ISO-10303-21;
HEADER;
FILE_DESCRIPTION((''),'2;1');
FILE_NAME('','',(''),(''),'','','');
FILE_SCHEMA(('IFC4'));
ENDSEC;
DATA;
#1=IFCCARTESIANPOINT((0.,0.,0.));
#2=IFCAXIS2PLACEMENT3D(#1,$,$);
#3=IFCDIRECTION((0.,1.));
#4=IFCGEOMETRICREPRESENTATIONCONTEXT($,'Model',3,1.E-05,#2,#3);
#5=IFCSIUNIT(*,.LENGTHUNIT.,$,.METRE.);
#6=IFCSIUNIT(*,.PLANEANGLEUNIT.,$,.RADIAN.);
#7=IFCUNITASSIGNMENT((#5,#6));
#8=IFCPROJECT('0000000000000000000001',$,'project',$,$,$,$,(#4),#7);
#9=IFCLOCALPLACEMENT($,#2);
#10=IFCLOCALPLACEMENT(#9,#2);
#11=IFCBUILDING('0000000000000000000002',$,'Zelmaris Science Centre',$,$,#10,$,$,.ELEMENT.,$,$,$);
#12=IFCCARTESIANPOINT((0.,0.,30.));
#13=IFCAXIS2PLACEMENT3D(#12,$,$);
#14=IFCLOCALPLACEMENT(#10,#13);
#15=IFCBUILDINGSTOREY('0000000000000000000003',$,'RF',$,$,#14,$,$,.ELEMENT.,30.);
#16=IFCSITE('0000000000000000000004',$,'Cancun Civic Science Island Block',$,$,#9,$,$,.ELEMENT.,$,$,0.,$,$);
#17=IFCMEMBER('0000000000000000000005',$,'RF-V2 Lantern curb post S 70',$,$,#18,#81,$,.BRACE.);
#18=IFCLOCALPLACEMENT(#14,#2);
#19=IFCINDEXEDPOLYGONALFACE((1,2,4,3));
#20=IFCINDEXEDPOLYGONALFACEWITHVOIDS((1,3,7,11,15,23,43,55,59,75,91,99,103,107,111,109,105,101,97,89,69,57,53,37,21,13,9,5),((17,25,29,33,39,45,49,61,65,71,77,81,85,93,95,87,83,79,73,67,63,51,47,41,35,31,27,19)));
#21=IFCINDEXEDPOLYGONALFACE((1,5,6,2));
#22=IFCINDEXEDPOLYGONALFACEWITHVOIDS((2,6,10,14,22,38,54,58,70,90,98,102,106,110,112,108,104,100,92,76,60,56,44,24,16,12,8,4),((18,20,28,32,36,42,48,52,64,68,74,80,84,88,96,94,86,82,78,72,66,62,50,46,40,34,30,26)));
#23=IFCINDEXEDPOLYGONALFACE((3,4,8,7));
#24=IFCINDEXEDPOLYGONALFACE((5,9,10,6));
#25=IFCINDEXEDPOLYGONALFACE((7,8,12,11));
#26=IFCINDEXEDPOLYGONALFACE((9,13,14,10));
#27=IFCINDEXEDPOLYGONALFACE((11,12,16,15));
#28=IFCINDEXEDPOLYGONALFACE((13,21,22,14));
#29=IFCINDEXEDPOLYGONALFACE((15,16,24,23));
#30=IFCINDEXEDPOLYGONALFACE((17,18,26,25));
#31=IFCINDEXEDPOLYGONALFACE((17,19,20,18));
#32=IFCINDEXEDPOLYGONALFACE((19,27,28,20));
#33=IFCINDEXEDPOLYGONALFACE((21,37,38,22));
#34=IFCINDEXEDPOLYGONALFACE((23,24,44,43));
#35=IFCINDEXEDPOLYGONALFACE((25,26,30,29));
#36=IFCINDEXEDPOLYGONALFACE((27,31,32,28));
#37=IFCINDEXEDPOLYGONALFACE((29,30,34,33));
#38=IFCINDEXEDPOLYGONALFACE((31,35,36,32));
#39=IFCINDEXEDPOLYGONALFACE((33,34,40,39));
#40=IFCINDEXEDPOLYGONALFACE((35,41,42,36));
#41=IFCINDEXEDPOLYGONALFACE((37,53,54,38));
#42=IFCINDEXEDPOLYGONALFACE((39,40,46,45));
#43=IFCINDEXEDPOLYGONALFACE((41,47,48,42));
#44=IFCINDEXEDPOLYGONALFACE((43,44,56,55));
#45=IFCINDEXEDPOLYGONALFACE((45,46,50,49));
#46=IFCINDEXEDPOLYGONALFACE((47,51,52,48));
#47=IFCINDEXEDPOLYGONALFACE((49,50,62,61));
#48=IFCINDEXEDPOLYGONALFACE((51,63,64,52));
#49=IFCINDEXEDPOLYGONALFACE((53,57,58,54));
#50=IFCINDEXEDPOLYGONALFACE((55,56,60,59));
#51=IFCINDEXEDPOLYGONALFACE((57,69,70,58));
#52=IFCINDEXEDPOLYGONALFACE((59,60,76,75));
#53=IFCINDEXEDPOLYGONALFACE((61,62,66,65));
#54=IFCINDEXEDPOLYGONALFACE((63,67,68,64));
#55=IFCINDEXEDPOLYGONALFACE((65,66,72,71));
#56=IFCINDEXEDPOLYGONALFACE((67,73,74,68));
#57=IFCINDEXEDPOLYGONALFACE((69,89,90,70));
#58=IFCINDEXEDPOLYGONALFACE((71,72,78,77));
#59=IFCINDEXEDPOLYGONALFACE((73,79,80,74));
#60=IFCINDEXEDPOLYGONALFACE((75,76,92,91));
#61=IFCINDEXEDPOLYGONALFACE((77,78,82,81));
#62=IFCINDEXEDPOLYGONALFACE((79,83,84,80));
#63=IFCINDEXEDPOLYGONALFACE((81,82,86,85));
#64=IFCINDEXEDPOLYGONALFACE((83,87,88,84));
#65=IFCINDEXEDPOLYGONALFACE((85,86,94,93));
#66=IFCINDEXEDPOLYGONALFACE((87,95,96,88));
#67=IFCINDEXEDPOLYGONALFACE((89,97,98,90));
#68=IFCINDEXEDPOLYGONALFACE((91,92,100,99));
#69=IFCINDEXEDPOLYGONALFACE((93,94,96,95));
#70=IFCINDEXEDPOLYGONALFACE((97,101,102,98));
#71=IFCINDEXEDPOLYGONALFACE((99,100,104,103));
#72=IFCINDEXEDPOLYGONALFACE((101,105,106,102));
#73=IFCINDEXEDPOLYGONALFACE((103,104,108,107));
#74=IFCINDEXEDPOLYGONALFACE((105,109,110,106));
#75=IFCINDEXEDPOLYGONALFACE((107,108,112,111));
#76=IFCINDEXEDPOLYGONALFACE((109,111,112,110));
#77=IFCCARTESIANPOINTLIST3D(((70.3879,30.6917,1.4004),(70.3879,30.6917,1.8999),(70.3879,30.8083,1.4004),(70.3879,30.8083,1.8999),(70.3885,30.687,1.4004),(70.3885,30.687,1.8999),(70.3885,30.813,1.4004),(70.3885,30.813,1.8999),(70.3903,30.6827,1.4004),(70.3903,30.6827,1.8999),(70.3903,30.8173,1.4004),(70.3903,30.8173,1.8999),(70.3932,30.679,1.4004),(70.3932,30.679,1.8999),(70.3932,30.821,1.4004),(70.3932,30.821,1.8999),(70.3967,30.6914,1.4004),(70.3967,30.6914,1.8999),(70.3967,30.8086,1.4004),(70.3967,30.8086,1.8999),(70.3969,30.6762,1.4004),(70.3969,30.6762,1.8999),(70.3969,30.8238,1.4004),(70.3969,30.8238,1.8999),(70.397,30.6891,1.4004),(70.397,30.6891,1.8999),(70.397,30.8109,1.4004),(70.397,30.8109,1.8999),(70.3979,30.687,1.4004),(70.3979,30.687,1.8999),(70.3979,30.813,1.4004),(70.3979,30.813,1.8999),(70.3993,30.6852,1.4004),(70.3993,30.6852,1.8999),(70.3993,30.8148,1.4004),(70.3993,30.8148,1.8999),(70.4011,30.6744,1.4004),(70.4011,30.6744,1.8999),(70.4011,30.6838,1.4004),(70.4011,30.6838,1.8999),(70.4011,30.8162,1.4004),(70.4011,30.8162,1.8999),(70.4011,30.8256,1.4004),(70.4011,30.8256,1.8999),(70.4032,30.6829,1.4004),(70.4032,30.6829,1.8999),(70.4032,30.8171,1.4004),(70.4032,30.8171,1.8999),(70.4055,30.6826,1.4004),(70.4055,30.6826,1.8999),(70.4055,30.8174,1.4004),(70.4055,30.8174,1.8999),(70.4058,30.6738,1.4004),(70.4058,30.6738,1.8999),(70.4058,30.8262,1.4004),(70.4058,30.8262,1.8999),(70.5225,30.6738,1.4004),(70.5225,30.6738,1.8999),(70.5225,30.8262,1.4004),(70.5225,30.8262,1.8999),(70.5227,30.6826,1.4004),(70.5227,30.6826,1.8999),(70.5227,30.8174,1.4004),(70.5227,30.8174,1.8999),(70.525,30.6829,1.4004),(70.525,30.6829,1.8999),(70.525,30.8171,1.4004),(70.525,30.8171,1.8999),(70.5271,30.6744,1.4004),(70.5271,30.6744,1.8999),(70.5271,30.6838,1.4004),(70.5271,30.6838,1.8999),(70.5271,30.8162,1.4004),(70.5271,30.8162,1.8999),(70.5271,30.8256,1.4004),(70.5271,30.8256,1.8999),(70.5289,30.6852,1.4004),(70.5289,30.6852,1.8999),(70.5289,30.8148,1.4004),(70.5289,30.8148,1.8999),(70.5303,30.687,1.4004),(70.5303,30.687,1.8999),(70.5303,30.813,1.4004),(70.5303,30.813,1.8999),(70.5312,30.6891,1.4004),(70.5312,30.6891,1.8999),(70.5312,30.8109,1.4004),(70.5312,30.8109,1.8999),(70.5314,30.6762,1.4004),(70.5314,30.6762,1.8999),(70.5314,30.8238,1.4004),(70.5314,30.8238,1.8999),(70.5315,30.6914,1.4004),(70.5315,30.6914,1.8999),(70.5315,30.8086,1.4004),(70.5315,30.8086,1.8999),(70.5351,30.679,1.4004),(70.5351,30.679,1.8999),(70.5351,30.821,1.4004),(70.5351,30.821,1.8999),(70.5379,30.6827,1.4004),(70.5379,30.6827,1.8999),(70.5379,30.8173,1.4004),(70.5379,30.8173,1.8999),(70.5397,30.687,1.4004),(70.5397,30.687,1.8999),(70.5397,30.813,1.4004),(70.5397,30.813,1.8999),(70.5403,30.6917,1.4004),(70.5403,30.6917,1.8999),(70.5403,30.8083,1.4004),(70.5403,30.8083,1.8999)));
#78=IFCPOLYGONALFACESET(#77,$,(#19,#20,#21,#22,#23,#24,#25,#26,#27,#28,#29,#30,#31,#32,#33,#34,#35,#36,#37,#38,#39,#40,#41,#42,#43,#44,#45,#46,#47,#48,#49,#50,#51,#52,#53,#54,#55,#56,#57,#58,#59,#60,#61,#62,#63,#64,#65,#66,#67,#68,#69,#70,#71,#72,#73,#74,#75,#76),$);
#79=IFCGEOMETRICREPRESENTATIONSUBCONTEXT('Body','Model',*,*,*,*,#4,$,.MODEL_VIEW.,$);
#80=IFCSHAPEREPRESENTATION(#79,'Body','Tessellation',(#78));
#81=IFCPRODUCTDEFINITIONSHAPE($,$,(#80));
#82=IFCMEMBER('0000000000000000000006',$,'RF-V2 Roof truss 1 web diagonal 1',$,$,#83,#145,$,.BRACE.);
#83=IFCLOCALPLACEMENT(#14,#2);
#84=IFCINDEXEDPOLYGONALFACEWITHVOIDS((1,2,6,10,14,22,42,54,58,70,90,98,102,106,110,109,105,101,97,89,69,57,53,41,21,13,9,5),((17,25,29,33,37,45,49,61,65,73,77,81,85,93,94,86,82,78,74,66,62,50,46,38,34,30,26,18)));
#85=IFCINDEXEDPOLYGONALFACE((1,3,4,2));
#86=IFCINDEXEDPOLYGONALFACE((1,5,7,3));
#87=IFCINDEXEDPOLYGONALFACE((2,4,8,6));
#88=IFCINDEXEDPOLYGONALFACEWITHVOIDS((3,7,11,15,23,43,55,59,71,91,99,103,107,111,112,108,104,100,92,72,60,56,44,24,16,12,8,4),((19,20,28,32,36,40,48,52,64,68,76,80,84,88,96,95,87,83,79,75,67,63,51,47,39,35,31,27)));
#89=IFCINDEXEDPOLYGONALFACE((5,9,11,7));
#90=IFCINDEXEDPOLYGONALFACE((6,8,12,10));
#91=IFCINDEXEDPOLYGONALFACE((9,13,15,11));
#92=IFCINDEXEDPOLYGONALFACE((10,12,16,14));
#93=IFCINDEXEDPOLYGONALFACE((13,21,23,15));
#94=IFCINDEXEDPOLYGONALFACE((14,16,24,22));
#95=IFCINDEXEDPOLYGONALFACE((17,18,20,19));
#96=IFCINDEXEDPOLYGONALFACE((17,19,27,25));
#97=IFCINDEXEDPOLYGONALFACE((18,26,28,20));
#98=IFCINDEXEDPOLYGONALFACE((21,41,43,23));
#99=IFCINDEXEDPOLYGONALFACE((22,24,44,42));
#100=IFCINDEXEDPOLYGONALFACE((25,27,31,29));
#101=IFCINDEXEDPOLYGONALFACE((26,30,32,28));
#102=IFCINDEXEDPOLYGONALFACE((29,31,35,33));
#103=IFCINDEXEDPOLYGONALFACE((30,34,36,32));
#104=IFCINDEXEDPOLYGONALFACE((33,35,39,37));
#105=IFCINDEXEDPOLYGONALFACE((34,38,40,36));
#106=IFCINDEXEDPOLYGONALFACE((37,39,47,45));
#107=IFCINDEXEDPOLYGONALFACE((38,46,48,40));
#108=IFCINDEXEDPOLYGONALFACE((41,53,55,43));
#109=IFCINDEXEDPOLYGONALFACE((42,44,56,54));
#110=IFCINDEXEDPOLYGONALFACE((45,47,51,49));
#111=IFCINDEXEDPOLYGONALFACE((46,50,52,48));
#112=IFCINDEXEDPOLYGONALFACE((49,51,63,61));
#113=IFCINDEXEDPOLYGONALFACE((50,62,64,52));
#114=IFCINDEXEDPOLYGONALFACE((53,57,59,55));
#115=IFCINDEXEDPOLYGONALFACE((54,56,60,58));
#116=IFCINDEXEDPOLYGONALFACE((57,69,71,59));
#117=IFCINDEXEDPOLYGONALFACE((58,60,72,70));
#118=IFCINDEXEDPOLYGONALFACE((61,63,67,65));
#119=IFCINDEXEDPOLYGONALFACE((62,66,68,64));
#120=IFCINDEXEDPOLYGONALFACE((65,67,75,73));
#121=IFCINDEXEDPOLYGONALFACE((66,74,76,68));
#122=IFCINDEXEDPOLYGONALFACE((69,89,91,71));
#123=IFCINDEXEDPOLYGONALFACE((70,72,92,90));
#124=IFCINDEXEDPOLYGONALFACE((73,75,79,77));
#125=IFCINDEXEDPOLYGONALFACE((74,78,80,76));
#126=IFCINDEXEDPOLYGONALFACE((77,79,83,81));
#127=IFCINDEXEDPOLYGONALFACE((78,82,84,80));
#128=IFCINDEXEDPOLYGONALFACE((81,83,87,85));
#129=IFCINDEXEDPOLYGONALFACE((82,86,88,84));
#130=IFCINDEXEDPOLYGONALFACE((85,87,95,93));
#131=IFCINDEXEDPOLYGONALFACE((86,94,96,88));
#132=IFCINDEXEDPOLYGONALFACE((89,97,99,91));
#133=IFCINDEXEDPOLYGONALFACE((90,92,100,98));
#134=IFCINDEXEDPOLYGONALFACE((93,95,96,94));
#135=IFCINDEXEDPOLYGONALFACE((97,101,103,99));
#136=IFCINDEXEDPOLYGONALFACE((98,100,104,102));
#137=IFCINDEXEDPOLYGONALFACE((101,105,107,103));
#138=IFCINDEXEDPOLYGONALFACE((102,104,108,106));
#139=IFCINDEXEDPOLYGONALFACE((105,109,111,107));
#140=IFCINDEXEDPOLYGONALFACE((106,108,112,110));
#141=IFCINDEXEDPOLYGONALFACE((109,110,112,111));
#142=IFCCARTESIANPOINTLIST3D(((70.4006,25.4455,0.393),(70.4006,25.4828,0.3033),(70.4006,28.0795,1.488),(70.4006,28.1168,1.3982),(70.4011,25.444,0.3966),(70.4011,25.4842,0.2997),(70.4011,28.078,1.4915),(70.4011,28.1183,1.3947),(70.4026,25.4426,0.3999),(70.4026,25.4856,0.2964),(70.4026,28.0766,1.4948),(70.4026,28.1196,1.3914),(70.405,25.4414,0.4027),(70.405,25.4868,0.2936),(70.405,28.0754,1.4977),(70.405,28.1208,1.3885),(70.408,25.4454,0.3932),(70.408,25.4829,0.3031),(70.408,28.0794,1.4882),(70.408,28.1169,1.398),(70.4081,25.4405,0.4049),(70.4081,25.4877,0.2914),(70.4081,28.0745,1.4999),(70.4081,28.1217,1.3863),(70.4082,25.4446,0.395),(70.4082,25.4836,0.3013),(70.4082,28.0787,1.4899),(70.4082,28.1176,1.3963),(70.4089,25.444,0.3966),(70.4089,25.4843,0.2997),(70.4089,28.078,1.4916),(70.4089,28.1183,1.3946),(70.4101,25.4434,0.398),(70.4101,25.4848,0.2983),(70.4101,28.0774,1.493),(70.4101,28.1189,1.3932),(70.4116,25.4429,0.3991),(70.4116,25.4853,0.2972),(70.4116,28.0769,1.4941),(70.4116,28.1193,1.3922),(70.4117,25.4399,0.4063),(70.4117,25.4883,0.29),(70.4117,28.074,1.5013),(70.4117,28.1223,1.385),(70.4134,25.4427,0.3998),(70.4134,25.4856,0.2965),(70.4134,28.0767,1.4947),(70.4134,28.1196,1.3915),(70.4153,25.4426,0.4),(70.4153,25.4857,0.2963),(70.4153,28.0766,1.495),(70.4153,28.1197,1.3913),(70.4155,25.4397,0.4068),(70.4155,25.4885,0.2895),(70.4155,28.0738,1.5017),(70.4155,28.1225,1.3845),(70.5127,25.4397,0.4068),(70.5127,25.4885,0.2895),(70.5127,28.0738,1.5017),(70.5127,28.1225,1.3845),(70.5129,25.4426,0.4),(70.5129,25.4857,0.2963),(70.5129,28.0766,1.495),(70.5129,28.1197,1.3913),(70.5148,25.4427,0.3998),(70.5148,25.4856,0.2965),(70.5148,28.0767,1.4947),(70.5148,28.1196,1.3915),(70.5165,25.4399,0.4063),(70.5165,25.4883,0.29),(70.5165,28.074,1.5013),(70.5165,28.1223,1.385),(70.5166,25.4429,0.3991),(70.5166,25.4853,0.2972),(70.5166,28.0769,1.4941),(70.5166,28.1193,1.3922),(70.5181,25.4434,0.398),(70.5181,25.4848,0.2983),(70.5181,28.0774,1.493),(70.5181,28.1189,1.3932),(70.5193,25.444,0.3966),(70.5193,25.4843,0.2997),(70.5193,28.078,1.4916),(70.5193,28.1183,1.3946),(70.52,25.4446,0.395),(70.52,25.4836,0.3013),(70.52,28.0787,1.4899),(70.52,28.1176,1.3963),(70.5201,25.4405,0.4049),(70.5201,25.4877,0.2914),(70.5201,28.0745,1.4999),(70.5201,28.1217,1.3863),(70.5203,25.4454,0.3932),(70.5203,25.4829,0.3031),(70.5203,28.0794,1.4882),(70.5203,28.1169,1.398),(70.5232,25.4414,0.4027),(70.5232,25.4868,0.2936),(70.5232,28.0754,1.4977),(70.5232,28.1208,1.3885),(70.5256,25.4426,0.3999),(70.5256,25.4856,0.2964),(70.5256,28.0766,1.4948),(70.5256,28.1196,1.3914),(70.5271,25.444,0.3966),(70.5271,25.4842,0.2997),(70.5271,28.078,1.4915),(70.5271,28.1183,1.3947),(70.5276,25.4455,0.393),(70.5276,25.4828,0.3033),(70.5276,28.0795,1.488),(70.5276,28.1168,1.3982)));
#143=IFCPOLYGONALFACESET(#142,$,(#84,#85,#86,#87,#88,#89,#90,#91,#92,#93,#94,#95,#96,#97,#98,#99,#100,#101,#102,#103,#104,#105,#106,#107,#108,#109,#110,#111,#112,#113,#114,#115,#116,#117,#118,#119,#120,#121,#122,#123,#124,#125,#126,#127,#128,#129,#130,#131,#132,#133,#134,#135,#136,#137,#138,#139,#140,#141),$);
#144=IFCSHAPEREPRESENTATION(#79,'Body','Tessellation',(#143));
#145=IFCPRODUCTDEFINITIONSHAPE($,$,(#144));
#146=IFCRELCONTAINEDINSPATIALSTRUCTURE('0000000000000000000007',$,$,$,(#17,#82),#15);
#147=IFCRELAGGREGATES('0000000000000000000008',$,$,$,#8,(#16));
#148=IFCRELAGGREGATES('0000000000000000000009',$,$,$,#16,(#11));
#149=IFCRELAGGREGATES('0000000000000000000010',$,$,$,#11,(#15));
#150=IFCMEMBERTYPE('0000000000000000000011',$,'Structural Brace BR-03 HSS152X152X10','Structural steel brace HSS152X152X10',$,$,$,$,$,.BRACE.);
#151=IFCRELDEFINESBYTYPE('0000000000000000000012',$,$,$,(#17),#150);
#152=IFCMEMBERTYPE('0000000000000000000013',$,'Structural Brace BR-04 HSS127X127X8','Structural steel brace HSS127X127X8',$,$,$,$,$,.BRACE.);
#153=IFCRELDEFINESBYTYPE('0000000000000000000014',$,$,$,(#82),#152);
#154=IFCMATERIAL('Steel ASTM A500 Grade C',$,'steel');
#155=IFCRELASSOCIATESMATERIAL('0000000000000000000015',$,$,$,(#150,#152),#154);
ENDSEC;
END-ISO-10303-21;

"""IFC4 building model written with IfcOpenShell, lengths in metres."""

from ifc_helpers import new_model, si_unit, direction, frame, origin, origin_2d, place, context, subcontext, project, spatial, hollow_rectangle, extrude, material, material_profile, profile_set, type_object, element, save


model = new_model("IFC4")

# Units and contexts
model_context = context("Model", 3, precision=1e-05, world=origin(), true_north=direction((0.0, 1.0)))
body_context = subcontext(model_context, "Body", "Model", "MODEL_VIEW")
ifc_project = project(units=[si_unit("LENGTHUNIT", "METRE"), si_unit("PLANEANGLEUNIT", "RADIAN")], contexts=[model_context])

# Site, building, storey
site_placement = place(None, origin())
site = spatial("IfcSite", under=ifc_project, at=site_placement, Name="Cancun Civic Science Island Block", CompositionType="ELEMENT", RefElevation=0.0)
building_placement = place(site_placement, origin())
building = spatial("IfcBuilding", under=site, at=building_placement, Name="Zelmaris Science Centre", CompositionType="ELEMENT")
storey_placement = place(building_placement, frame((0.0, 0.0, 30.0)))
storey = spatial("IfcBuildingStorey", under=building, at=storey_placement, Name="RF", CompositionType="ELEMENT", Elevation=30.0)

# Shared definitions
ifc_material_1 = material(Name="Steel ASTM A500 Grade C", Category="steel")

# Members
ifc_material_profile_1 = material_profile(ifc_material_1, hollow_rectangle(XDim=0.1523, YDim=0.1523, WallThickness=0.0088, InnerFilletRadius=0.0088, OuterFilletRadius=0.0178, at=origin_2d()), Name="HSS152X152X10")
ifc_profile_set_1 = profile_set([ifc_material_profile_1], Name="Steel ASTM A500 Grade C")
member_type_1 = type_object("IfcMemberType", Name="Structural Brace BR-03 HSS152X152X10", Description="Structural steel brace HSS152X152X10", PredefinedType="BRACE", material=ifc_profile_set_1)
member_1_placement = place(storey_placement, frame((70.4641, 30.75, 1.4004), z_axis=(0.0, 0.0, 1.0), x_axis=(1.0, 0.0, 0.0)))
element("IfcMember", 1, at=member_1_placement, inside=storey, type_object=member_type_1, Name="RF-V2 Lantern curb post S 70", PredefinedType="BRACE", context=body_context, shape_type="SweptSolid", body=[
    extrude(hollow_rectangle(XDim=0.1523, YDim=0.1523, WallThickness=0.0088, InnerFilletRadius=0.0088, OuterFilletRadius=0.0178, at=origin_2d()), origin(), (0.0, 0.0, 1.0), 0.4995),
])
ifc_material_profile_2 = material_profile(ifc_material_1, hollow_rectangle(XDim=0.127, YDim=0.127, WallThickness=0.0073, InnerFilletRadius=0.0073, OuterFilletRadius=0.0149, at=origin_2d()), Name="HSS127X127X8")
ifc_profile_set_2 = profile_set([ifc_material_profile_2], Name="Steel ASTM A500 Grade C")
member_type_2 = type_object("IfcMemberType", Name="Structural Brace BR-04 HSS127X127X8", Description="Structural steel brace HSS127X127X8", PredefinedType="BRACE", material=ifc_profile_set_2)
member_2_placement = place(storey_placement, frame((70.4641, 25.4641, 0.3481), z_axis=(0.0, 0.923393, 0.383856), x_axis=(-1.0, 0.0, 0.0)))
element("IfcMember", 2, at=member_2_placement, inside=storey, type_object=member_type_2, Name="RF-V2 Roof truss 1 web diagonal 1", PredefinedType="BRACE", context=body_context, shape_type="SweptSolid", body=[
    extrude(hollow_rectangle(XDim=0.127, YDim=0.127, WallThickness=0.0073, InnerFilletRadius=0.0073, OuterFilletRadius=0.0149, at=origin_2d()), origin(), (0.0, 0.0, 1.0), 2.8525),
])

save(model, "model.ifc")
